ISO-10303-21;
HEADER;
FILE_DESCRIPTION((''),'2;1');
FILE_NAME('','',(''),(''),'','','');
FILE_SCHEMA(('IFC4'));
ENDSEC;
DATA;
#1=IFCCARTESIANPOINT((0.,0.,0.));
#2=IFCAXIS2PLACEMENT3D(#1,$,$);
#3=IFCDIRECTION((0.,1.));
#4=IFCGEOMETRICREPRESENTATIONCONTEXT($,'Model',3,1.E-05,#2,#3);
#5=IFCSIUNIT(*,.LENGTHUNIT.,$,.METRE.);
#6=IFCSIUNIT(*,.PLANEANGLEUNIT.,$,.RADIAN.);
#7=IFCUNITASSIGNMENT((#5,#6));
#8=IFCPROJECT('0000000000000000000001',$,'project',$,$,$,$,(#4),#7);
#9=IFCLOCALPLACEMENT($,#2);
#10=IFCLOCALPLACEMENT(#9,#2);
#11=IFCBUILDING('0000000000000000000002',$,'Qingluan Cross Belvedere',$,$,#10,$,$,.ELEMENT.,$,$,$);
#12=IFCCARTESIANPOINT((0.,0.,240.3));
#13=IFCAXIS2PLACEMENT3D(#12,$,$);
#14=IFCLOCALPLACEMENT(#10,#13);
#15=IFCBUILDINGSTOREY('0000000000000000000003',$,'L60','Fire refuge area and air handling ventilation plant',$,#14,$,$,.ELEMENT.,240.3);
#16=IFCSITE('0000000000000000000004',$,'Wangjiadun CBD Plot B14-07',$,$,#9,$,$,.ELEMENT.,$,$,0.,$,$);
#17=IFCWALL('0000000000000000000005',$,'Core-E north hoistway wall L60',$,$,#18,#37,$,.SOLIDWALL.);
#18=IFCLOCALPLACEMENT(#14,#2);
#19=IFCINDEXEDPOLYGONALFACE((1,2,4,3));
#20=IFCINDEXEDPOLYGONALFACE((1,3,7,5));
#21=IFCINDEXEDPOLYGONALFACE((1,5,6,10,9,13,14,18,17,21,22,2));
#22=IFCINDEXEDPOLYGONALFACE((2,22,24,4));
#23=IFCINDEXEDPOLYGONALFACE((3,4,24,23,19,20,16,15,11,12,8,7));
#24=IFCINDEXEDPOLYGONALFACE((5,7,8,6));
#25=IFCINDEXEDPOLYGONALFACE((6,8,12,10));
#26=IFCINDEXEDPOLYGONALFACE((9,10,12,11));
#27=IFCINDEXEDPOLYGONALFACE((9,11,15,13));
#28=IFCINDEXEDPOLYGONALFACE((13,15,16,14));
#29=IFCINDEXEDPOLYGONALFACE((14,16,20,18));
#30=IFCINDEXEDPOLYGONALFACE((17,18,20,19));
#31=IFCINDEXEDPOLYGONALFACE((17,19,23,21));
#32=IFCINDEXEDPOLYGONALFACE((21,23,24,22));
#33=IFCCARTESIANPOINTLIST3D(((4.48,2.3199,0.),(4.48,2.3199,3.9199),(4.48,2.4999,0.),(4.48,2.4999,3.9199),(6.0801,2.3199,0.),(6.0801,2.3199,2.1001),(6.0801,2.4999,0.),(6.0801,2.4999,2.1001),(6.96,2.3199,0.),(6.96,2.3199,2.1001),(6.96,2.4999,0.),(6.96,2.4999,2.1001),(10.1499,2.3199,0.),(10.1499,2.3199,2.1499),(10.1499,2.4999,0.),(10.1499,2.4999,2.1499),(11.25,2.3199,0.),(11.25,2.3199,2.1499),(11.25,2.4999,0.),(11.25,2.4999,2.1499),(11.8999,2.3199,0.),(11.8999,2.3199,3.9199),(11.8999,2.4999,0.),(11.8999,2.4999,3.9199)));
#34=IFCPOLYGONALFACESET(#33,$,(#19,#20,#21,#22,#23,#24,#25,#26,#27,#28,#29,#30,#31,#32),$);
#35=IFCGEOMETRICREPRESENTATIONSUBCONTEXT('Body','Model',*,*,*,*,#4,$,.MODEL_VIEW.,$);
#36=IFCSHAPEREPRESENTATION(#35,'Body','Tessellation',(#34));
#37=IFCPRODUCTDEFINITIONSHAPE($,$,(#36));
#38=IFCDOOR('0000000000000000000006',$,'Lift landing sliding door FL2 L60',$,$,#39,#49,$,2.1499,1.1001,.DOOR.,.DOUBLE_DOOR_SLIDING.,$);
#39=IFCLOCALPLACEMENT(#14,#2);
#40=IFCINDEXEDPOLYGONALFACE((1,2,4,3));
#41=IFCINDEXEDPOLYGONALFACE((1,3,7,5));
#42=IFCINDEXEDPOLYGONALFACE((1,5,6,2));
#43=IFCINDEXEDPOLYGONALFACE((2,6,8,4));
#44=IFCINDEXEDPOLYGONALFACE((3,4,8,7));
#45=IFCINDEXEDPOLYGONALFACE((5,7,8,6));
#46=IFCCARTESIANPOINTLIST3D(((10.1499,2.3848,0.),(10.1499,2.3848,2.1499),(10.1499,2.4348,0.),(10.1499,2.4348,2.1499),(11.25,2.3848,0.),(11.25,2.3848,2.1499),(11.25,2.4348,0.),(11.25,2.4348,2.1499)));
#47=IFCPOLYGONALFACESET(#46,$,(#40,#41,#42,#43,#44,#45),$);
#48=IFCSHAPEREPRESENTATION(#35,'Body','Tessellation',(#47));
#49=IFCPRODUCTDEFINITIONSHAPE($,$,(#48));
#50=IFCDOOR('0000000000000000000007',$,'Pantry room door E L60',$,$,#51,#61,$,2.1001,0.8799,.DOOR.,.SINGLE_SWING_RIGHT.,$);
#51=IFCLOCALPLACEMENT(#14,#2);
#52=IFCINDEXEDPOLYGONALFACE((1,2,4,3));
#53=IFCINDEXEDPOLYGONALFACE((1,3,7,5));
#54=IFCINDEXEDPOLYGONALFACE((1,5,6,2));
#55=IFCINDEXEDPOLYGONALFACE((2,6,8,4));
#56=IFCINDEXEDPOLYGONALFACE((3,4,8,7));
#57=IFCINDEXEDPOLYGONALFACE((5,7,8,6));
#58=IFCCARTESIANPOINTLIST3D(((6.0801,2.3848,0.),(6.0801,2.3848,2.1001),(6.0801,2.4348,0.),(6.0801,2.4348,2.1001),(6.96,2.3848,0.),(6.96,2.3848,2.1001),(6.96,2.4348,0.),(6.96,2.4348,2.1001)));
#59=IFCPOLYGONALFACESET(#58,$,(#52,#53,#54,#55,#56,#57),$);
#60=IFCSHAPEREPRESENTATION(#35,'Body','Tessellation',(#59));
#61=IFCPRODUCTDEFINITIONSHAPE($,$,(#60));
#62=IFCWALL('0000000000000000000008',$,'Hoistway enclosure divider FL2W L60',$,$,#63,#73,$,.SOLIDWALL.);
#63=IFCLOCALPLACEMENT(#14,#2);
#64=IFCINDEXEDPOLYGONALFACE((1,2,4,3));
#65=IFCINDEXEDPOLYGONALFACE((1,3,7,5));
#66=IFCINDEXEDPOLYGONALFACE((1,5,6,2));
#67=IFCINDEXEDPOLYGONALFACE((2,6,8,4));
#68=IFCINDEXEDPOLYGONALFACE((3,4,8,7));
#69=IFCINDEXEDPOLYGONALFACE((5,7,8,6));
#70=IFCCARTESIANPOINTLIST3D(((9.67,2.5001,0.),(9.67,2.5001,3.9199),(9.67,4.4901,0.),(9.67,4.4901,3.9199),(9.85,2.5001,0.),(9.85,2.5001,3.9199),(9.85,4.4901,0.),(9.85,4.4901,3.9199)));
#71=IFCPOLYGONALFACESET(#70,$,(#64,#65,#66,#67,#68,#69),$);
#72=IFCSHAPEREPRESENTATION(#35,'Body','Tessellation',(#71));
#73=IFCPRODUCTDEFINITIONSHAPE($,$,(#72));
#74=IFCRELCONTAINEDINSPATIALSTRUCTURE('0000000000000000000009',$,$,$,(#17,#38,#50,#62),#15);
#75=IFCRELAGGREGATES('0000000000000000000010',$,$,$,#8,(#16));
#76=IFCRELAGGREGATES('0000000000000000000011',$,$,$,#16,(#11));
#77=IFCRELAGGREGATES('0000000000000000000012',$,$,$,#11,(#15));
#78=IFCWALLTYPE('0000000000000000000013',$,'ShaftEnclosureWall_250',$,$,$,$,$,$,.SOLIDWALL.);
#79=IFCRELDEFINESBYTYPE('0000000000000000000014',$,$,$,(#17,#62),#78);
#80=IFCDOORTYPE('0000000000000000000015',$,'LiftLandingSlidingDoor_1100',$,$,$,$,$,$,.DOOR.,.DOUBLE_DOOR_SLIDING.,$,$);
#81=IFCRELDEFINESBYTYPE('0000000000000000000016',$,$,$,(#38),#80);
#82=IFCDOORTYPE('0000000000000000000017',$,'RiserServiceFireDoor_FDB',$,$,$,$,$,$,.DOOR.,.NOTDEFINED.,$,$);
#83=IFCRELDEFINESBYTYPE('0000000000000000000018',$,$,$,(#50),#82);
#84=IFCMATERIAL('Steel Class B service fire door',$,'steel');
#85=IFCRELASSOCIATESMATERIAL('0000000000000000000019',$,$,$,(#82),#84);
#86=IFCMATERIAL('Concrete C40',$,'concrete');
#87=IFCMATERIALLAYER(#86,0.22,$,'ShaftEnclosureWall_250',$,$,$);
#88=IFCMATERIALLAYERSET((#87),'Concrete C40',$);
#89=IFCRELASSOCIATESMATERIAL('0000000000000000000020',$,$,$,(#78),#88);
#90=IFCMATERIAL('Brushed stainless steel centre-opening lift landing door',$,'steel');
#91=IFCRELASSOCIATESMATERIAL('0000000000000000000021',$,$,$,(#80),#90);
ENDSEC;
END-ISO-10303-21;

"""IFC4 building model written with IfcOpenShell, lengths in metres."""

from ifc_helpers import new_model, si_unit, direction, frame, frame_2d, origin, place, context, subcontext, project, spatial, rectangle, extrude, material, layer, layer_set, type_object, element, fill, save


model = new_model("IFC4")

# Units and contexts
model_context = context("Model", 3, precision=1e-05, world=origin(), true_north=direction((0.0, 1.0)))
body_context = subcontext(model_context, "Body", "Model", "MODEL_VIEW")
ifc_project = project(units=[si_unit("LENGTHUNIT", "METRE"), si_unit("PLANEANGLEUNIT", "RADIAN")], contexts=[model_context])

# Site, building, storey
site_placement = place(None, origin())
site = spatial("IfcSite", under=ifc_project, at=site_placement, Name="Wangjiadun CBD Plot B14-07", CompositionType="ELEMENT", RefElevation=0.0)
building_placement = place(site_placement, origin())
building = spatial("IfcBuilding", under=site, at=building_placement, Name="Qingluan Cross Belvedere", CompositionType="ELEMENT")
storey_placement = place(building_placement, frame((0.0, 0.0, 240.3)))
storey = spatial("IfcBuildingStorey", under=building, at=storey_placement, Name="L60", Description="Fire refuge area and air handling ventilation plant", CompositionType="ELEMENT", Elevation=240.3)

# Shared definitions
ifc_material_1 = material(Name="Steel Class B service fire door", Category="steel")
door_type_1 = type_object("IfcDoorType", Name="RiserServiceFireDoor_FDB", OperationType="NOTDEFINED", PredefinedType="DOOR", material=ifc_material_1)

# Wall, openings, doors
ifc_material_2 = material(Name="Concrete C40", Category="concrete")
ifc_layer_1 = layer(ifc_material_2, 0.22, Name="ShaftEnclosureWall_250")
ifc_layer_set_1 = layer_set([ifc_layer_1], Name="Concrete C40")
wall_type_1 = type_object("IfcWallType", Name="ShaftEnclosureWall_250", PredefinedType="SOLIDWALL", material=ifc_layer_set_1)
wall_1_placement = place(storey_placement, frame((4.48, 2.4099, 0.0), z_axis=(0.0, 0.0, 1.0), x_axis=(1.0, 0.0, 0.0)))
wall_1 = element("IfcWall", 1, at=wall_1_placement, inside=storey, type_object=wall_type_1, Name="Core-E north hoistway wall L60", PredefinedType="SOLIDWALL", context=body_context, shape_type="SweptSolid", body=[
    extrude(rectangle(XDim=7.4199, YDim=0.1799, at=frame_2d((3.71, 0.0))), origin(), (0.0, 0.0, 1.0), 3.9199),
])
opening_1_placement = place(wall_1_placement, frame((5.6699, 0.0, 0.0)))
opening_1 = element("IfcOpeningElement", 2, at=opening_1_placement, cuts=wall_1, PredefinedType="OPENING", context=body_context, shape_type="SweptSolid", body=[
    extrude(rectangle(XDim=1.1001, YDim=2.1499, at=frame_2d((0.55, 1.075))), frame((0.0, 0.0999, 0.0), z_axis=(0.0, -1.0, 0.0), x_axis=(1.0, 0.0, 0.0)), (0.0, 0.0, 1.0), 0.2),
])
opening_2_placement = place(wall_1_placement, frame((1.6001, 0.0, 0.0)))
opening_2 = element("IfcOpeningElement", 3, at=opening_2_placement, cuts=wall_1, PredefinedType="OPENING", context=body_context, shape_type="SweptSolid", body=[
    extrude(rectangle(XDim=0.8799, YDim=2.1001, at=frame_2d((0.4399, 1.05))), frame((0.0, 0.0999, 0.0), z_axis=(0.0, -1.0, 0.0), x_axis=(1.0, 0.0, 0.0)), (0.0, 0.0, 1.0), 0.2),
])
ifc_material_3 = material(Name="Brushed stainless steel centre-opening lift landing door", Category="steel")
door_type_2 = type_object("IfcDoorType", Name="LiftLandingSlidingDoor_1100", OperationType="DOUBLE_DOOR_SLIDING", PredefinedType="DOOR", material=ifc_material_3)
door_1_placement = place(opening_1_placement, origin())
door_1 = element("IfcDoor", 4, at=door_1_placement, inside=storey, type_object=door_type_2, Name="Lift landing sliding door FL2 L60", OperationType="DOUBLE_DOOR_SLIDING", OverallHeight=2.1499, OverallWidth=1.1001, PredefinedType="DOOR", context=body_context, shape_type="SweptSolid", body=[
    extrude(rectangle(XDim=1.1001, YDim=2.1499, at=frame_2d((0.55, 1.075))), frame((0.0, 0.0249, 0.0), z_axis=(0.0, -1.0, 0.0), x_axis=(1.0, 0.0, 0.0)), (0.0, 0.0, 1.0), 0.05),
])
fill(opening_1, door_1)
door_2_placement = place(opening_2_placement, origin())
door_2 = element("IfcDoor", 5, at=door_2_placement, inside=storey, type_object=door_type_1, Name="Pantry room door E L60", OperationType="SINGLE_SWING_RIGHT", OverallHeight=2.1001, OverallWidth=0.8799, PredefinedType="DOOR", context=body_context, shape_type="SweptSolid", body=[
    extrude(rectangle(XDim=0.8799, YDim=2.1001, at=frame_2d((0.4399, 1.05))), frame((0.0, 0.0249, 0.0), z_axis=(0.0, -1.0, 0.0), x_axis=(1.0, 0.0, 0.0)), (0.0, 0.0, 1.0), 0.05),
])
fill(opening_2, door_2)

# Wall
wall_2_placement = place(storey_placement, frame((9.76, 2.5, 0.0), z_axis=(0.0, 0.0, 1.0), x_axis=(0.0, 1.0, 0.0)))
element("IfcWall", 6, at=wall_2_placement, inside=storey, type_object=wall_type_1, Name="Hoistway enclosure divider FL2W L60", PredefinedType="SOLIDWALL", context=body_context, shape_type="SweptSolid", body=[
    extrude(rectangle(XDim=1.99, YDim=0.1799, at=frame_2d((0.9951, 0.0))), origin(), (0.0, 0.0, 1.0), 3.9199),
])

save(model, "model.ifc")
